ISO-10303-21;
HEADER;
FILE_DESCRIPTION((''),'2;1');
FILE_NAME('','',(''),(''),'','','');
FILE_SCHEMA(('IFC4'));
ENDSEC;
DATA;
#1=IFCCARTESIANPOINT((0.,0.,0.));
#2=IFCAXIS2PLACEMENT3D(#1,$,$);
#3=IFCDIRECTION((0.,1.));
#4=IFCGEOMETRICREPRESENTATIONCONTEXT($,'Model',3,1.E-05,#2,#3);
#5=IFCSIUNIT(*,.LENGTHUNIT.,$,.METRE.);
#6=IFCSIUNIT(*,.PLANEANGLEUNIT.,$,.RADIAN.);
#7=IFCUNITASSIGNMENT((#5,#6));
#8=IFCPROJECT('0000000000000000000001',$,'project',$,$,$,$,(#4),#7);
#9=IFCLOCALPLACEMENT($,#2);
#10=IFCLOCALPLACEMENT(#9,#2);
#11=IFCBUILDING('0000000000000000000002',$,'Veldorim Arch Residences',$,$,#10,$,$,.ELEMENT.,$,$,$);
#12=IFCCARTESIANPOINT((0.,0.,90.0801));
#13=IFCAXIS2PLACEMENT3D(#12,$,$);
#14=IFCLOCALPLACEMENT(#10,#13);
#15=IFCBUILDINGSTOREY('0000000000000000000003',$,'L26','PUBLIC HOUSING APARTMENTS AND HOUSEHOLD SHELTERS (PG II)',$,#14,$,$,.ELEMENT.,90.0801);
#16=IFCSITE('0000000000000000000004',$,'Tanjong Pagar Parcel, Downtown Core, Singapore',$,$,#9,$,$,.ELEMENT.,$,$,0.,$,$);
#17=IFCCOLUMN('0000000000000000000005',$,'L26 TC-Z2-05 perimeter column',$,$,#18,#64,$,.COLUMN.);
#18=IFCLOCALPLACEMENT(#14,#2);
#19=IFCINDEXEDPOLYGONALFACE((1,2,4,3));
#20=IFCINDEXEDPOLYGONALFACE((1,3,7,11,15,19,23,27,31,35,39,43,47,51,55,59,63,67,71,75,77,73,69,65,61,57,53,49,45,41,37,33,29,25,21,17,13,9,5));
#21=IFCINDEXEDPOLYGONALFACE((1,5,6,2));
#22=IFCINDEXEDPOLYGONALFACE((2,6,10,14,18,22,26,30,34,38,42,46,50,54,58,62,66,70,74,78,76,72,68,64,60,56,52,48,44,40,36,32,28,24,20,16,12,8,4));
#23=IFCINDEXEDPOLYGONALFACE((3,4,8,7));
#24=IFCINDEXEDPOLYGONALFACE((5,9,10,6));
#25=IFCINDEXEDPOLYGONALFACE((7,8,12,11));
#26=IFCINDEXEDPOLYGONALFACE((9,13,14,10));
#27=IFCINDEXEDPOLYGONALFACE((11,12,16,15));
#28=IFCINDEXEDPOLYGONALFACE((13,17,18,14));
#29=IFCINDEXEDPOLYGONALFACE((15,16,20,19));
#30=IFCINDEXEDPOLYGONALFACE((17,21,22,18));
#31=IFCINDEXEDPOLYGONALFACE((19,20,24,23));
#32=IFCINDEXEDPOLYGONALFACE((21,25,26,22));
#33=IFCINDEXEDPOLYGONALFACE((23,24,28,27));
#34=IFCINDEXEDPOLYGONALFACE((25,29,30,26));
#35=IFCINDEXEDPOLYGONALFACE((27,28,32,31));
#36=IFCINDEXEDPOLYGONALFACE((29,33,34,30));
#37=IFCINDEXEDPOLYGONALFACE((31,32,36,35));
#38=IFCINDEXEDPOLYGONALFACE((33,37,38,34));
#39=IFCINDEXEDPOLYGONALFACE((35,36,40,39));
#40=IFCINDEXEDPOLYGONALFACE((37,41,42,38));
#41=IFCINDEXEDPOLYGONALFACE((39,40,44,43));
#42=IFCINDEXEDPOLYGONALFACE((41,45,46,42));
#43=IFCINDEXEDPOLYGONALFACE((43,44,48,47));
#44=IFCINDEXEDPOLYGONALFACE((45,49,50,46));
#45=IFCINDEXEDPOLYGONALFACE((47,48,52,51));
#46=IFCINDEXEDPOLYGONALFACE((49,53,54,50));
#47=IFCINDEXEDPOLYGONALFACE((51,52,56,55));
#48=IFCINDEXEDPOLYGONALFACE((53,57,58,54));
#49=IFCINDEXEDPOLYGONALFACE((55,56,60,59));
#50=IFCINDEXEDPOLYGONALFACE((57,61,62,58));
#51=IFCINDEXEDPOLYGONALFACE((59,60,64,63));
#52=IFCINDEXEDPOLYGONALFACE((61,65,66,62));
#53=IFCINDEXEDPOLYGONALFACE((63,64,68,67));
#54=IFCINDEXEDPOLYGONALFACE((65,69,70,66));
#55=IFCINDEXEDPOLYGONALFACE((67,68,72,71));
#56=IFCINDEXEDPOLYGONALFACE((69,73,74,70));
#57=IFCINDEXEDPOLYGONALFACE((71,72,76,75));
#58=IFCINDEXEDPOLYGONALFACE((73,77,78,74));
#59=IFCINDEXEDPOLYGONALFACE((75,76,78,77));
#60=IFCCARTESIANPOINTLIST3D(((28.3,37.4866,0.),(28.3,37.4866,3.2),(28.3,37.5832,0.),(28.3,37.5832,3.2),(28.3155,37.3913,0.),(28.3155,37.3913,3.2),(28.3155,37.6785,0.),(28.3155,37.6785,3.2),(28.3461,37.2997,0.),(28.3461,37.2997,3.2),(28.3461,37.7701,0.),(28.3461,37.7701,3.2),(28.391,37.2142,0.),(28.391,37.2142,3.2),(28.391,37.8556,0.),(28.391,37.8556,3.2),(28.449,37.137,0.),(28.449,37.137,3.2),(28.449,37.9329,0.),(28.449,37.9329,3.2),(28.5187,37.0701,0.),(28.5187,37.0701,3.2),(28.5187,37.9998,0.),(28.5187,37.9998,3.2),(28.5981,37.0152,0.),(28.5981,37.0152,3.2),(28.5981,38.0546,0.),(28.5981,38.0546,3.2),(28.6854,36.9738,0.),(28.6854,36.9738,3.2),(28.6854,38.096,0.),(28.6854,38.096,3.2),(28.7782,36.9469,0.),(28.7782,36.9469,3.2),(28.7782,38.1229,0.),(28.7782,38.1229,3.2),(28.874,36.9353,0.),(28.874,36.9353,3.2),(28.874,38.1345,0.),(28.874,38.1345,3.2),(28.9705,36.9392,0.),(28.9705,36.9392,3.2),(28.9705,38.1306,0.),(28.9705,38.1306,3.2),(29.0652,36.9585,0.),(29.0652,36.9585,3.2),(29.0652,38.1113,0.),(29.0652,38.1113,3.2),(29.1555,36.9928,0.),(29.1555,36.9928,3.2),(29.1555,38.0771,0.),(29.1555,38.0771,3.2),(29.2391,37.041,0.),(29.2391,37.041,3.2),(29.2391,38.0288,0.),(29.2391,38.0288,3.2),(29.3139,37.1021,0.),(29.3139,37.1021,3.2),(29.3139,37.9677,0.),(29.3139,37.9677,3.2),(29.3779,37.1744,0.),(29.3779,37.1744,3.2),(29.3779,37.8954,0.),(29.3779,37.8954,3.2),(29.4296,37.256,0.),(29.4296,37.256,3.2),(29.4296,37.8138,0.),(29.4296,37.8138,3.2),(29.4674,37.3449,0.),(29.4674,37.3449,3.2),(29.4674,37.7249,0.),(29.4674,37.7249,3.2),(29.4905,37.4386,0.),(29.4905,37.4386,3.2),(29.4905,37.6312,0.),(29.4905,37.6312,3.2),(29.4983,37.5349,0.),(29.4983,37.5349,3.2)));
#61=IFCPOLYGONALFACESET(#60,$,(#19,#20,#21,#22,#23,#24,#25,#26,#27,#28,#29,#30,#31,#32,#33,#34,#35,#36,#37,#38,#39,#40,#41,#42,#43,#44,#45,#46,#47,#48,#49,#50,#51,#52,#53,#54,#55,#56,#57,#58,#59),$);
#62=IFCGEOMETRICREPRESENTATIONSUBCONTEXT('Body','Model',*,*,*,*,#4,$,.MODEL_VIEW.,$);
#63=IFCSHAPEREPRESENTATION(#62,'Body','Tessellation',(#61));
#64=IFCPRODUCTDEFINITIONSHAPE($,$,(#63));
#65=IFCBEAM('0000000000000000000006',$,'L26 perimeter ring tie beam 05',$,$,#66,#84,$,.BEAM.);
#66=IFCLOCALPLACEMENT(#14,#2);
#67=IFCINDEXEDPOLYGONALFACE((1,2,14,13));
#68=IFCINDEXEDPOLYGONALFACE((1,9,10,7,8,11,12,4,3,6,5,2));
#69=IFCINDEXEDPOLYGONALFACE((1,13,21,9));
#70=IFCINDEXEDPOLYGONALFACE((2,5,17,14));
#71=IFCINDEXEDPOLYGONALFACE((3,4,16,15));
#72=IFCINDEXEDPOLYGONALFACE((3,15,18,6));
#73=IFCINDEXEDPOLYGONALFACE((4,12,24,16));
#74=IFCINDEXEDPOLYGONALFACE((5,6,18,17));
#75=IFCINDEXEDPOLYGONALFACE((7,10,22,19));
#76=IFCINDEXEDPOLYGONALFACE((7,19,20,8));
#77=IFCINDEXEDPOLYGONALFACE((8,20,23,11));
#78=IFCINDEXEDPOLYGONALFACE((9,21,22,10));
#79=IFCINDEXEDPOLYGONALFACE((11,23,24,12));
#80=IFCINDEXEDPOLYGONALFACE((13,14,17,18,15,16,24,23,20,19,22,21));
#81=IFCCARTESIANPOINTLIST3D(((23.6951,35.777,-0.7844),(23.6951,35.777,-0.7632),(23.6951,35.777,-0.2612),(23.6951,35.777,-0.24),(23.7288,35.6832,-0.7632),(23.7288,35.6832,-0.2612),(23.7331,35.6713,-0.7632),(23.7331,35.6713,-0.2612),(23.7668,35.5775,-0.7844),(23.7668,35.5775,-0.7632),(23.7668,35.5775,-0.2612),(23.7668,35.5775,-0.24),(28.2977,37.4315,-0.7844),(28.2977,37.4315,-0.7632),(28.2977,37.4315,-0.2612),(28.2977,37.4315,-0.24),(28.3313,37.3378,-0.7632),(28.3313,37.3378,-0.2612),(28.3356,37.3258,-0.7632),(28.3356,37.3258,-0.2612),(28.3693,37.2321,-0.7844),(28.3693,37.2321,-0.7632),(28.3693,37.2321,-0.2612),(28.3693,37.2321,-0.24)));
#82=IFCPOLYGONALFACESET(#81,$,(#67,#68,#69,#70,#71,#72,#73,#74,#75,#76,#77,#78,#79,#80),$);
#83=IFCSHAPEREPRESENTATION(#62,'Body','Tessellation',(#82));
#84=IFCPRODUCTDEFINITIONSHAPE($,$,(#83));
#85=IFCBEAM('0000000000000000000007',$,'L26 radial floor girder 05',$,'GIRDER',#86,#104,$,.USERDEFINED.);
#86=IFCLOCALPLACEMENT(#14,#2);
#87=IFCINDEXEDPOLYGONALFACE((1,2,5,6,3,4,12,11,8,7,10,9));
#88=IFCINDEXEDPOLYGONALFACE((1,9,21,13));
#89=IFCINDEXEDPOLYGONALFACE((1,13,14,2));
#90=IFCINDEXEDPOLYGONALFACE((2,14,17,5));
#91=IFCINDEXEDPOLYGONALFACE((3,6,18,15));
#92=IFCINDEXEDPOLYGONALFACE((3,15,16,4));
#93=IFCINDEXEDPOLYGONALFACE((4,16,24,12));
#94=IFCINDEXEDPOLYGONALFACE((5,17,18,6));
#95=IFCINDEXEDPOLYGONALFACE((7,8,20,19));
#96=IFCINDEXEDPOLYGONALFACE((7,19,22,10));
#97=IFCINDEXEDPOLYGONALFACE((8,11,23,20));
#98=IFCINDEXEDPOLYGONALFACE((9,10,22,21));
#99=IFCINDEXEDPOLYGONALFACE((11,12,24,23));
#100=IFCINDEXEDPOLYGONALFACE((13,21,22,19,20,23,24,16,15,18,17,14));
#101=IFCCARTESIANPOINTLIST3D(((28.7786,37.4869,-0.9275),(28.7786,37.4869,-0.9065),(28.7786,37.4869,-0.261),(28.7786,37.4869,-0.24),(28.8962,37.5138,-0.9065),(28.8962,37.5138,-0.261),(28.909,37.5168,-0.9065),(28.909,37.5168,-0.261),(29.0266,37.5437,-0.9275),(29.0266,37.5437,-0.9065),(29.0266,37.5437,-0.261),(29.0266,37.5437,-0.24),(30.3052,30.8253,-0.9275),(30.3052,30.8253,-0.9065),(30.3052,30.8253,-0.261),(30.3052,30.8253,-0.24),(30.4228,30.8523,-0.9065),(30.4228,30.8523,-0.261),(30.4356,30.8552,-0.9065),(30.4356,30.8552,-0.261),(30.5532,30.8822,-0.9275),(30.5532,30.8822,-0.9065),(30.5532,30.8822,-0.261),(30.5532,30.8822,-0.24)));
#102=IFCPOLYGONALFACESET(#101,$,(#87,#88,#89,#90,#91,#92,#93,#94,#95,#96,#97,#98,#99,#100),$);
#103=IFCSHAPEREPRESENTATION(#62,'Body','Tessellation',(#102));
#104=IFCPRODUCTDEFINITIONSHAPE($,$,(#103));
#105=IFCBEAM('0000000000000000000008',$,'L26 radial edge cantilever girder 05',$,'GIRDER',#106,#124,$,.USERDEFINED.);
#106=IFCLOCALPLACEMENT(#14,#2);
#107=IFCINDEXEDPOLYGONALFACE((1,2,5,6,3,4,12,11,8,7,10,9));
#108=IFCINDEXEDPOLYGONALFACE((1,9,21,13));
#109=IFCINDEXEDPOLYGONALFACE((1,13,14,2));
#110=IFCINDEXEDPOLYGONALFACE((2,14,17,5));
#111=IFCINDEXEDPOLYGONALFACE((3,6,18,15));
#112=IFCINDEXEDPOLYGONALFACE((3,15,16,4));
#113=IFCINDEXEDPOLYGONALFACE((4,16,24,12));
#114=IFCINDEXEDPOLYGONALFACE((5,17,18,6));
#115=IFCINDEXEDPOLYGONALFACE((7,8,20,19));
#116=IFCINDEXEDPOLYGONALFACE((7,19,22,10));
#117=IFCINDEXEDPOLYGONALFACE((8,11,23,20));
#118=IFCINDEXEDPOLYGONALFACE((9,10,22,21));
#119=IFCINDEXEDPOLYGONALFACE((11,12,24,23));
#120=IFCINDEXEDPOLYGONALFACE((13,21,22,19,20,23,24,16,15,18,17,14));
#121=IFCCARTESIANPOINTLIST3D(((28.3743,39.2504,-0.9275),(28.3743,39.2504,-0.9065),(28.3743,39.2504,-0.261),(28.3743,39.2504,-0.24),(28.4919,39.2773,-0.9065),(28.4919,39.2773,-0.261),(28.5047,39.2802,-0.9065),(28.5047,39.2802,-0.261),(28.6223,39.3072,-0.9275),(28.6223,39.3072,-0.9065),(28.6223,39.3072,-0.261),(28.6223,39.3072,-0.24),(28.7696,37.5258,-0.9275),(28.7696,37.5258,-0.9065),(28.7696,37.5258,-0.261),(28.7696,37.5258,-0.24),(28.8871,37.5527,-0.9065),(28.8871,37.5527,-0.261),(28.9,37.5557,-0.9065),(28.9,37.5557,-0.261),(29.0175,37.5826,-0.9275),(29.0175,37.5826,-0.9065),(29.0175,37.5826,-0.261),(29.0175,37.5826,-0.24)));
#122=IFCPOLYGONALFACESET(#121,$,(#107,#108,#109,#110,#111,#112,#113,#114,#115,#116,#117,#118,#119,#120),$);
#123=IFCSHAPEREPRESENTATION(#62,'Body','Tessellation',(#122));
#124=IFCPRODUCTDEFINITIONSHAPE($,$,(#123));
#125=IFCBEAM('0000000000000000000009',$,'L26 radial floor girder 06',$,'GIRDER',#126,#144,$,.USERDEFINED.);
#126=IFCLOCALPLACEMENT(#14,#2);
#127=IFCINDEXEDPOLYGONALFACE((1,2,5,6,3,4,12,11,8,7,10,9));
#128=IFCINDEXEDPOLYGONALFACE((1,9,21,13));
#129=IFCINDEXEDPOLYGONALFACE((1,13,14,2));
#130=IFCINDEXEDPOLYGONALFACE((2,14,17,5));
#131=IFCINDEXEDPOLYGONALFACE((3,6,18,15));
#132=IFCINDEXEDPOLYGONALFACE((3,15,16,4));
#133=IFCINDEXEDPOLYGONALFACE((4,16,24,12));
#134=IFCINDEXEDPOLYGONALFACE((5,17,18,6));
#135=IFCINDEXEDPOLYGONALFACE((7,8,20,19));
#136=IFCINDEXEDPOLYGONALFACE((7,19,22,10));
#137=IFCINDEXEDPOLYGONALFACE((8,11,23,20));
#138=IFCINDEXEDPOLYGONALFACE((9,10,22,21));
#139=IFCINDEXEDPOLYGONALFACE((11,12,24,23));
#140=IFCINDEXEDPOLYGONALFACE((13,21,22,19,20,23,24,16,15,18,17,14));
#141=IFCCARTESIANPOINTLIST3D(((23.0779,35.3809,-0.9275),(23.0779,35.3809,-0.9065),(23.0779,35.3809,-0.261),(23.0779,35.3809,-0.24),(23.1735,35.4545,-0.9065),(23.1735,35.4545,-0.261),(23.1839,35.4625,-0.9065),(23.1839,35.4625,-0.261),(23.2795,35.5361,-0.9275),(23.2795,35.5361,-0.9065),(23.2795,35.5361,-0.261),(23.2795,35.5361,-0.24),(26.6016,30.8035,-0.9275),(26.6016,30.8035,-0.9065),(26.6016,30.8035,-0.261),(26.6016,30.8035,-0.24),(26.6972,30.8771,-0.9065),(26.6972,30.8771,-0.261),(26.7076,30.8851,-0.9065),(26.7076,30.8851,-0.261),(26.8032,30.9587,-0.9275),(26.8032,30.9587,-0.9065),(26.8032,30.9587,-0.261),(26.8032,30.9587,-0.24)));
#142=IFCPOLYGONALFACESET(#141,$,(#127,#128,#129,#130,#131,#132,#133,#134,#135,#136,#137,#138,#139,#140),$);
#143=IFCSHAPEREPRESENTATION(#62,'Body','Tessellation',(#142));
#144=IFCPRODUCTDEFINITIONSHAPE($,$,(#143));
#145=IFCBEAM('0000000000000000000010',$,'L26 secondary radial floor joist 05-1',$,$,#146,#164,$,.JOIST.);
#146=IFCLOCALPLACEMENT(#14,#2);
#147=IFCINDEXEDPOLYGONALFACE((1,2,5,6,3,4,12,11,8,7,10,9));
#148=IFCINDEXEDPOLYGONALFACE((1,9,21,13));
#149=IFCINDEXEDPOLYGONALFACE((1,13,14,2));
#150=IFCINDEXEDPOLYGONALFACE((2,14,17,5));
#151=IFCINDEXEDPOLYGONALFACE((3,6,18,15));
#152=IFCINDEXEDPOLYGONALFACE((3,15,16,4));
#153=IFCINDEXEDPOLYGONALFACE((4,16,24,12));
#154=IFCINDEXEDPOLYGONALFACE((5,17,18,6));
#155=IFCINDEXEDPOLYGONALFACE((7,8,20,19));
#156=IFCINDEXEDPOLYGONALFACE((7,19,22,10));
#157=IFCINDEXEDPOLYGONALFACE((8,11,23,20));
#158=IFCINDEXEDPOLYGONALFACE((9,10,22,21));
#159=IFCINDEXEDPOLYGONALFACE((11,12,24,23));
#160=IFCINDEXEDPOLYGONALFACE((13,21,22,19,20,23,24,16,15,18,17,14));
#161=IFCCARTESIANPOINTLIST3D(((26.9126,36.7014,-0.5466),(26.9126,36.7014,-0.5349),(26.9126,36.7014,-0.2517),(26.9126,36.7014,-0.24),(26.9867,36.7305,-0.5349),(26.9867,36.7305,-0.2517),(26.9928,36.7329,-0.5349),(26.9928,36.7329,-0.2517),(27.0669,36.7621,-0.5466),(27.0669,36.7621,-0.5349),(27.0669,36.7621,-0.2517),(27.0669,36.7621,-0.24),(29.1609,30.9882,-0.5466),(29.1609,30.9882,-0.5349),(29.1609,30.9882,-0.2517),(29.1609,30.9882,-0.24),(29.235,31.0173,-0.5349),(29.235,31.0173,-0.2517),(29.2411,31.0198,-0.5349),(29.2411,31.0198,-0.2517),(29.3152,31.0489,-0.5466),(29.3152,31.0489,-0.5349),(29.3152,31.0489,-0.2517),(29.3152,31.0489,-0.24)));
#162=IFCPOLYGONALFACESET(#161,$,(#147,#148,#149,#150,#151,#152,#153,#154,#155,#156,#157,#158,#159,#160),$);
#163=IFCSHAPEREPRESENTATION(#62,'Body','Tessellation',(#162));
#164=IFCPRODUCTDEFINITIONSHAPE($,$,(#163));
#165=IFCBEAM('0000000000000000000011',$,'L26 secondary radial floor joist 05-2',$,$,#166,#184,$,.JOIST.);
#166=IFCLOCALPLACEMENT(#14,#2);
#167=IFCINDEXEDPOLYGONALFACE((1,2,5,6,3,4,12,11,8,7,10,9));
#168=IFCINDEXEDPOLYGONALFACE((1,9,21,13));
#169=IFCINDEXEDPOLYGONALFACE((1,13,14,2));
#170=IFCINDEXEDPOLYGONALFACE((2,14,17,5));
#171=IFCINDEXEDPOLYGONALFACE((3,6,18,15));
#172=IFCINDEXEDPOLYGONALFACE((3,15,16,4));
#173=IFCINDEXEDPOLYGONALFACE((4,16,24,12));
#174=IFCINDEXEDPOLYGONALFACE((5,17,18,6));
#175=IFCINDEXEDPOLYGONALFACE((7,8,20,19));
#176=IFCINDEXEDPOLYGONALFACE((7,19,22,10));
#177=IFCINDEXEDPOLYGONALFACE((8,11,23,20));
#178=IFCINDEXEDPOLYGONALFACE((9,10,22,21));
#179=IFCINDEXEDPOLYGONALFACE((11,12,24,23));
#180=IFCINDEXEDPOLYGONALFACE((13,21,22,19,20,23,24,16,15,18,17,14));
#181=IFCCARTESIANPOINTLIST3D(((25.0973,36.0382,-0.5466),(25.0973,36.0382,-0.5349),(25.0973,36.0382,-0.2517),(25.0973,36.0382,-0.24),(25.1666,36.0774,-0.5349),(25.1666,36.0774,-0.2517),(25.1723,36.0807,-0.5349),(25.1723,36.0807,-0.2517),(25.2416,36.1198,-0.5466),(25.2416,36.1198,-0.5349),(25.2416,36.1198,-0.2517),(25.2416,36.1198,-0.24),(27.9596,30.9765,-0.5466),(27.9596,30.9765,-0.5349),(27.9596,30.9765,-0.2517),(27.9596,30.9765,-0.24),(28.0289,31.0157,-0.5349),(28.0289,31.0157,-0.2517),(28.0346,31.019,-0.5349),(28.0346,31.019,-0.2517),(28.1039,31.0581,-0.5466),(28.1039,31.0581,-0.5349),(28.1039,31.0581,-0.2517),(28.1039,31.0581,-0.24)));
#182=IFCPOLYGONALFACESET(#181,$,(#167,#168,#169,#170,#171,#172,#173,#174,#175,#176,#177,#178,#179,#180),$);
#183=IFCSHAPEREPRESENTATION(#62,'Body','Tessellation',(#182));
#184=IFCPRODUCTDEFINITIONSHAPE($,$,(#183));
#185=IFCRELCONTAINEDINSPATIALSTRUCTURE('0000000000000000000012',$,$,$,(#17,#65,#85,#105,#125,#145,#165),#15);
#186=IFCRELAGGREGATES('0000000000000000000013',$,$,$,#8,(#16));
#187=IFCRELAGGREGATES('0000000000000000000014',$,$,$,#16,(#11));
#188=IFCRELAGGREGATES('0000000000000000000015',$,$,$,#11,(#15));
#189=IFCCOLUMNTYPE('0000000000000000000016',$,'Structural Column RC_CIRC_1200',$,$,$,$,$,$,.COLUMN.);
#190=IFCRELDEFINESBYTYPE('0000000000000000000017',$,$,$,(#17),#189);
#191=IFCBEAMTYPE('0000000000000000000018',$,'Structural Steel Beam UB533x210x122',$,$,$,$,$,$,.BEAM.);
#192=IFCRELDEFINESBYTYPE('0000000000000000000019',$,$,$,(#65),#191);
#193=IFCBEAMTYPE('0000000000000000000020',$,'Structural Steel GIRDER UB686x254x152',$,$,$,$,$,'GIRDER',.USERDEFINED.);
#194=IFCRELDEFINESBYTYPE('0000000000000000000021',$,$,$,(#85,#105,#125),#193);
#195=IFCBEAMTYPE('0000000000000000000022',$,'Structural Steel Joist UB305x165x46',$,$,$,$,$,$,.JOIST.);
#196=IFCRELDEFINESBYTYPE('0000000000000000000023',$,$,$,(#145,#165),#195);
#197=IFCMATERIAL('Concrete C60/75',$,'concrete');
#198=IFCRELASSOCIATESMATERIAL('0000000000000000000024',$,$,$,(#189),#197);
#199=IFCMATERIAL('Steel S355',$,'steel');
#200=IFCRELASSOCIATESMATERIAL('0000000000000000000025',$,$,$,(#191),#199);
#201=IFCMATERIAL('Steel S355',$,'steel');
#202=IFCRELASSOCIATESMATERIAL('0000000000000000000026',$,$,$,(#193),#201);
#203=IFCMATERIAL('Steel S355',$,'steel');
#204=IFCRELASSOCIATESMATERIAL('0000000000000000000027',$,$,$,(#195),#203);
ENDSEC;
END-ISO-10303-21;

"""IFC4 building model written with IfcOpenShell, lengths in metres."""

from ifc_helpers import new_model, si_unit, direction, frame, origin, origin_2d, place, context, subcontext, project, spatial, circle, i_section, extrude, material, material_profile, profile_set, type_object, element, save


model = new_model("IFC4")

# Units and contexts
model_context = context("Model", 3, precision=1e-05, world=origin(), true_north=direction((0.0, 1.0)))
body_context = subcontext(model_context, "Body", "Model", "MODEL_VIEW")
ifc_project = project(units=[si_unit("LENGTHUNIT", "METRE"), si_unit("PLANEANGLEUNIT", "RADIAN")], contexts=[model_context])

# Site, building, storey
site_placement = place(None, origin())
site = spatial("IfcSite", under=ifc_project, at=site_placement, Name="Tanjong Pagar Parcel, Downtown Core, Singapore", CompositionType="ELEMENT", RefElevation=0.0)
building_placement = place(site_placement, origin())
building = spatial("IfcBuilding", under=site, at=building_placement, Name="Veldorim Arch Residences", CompositionType="ELEMENT")
storey_placement = place(building_placement, frame((0.0, 0.0, 90.0801)))
storey = spatial("IfcBuildingStorey", under=building, at=storey_placement, Name="L26", Description="PUBLIC HOUSING APARTMENTS AND HOUSEHOLD SHELTERS (PG II)", CompositionType="ELEMENT", Elevation=90.0801)

# Column
ifc_material_1 = material(Name="Concrete C60/75", Category="concrete")
ifc_material_profile_1 = material_profile(ifc_material_1, circle(Radius=0.6001, at=origin_2d()), Name="RC_CIRC_1200")
ifc_profile_set_1 = profile_set([ifc_material_profile_1], Name="Concrete C60/75")
column_type = type_object("IfcColumnType", Name="Structural Column RC_CIRC_1200", PredefinedType="COLUMN", material=ifc_profile_set_1)
column_placement = place(storey_placement, frame((28.8982, 37.5349, 0.0), z_axis=(0.0, 0.0, 1.0), x_axis=(1.0, 0.0, 0.0)))
element("IfcColumn", 1, at=column_placement, inside=storey, type_object=column_type, Name="L26 TC-Z2-05 perimeter column", PredefinedType="COLUMN", context=body_context, shape_type="SweptSolid", body=[
    extrude(circle(Radius=0.6001, at=origin_2d()), origin(), (0.0, 0.0, 1.0), 3.2),
])

# Beams
ifc_material_2 = material(Name="Steel S355", Category="steel")
ifc_material_profile_2 = material_profile(ifc_material_2, i_section(OverallWidth=0.2119, OverallDepth=0.5444, WebThickness=0.0127, FlangeThickness=0.0212, at=origin_2d()), Name="UB533x210x122")
ifc_profile_set_2 = profile_set([ifc_material_profile_2], Name="Steel S355")
beam_type_1 = type_object("IfcBeamType", Name="Structural Steel Beam UB533x210x122", PredefinedType="BEAM", material=ifc_profile_set_2)
beam_1_placement = place(storey_placement, frame((28.3335, 37.3318, -0.5122), z_axis=(-0.941042, -0.33829, 0.0), x_axis=(0.33829, -0.941042, 0.0)))
element("IfcBeam", 2, at=beam_1_placement, inside=storey, type_object=beam_type_1, Name="L26 perimeter ring tie beam 05", PredefinedType="BEAM", context=body_context, shape_type="SweptSolid", body=[
    extrude(i_section(OverallWidth=0.2119, OverallDepth=0.5444, WebThickness=0.0127, FlangeThickness=0.0212, at=origin_2d()), origin(), (0.0, 0.0, 1.0), 4.8909),
])
ifc_material_3 = material(Name="Steel S355", Category="steel")
ifc_material_profile_3 = material_profile(ifc_material_3, i_section(OverallWidth=0.2544, OverallDepth=0.6875, WebThickness=0.0132, FlangeThickness=0.021, at=origin_2d()), Name="UB686x254x152")
ifc_profile_set_3 = profile_set([ifc_material_profile_3], Name="Steel S355")
beam_type_2 = type_object("IfcBeamType", Name="Structural Steel GIRDER UB686x254x152", ElementType="GIRDER", PredefinedType="USERDEFINED", material=ifc_profile_set_3)
beam_2_placement = place(storey_placement, frame((30.4292, 30.8538, -0.5837), z_axis=(-0.223375, 0.974733, 0.0), x_axis=(-0.974733, -0.223375, 0.0)))
element("IfcBeam", 3, at=beam_2_placement, inside=storey, type_object=beam_type_2, Name="L26 radial floor girder 05", ObjectType="GIRDER", PredefinedType="USERDEFINED", context=body_context, shape_type="SweptSolid", body=[
    extrude(i_section(OverallWidth=0.2544, OverallDepth=0.6875, WebThickness=0.0132, FlangeThickness=0.021, at=origin_2d()), origin(), (0.0, 0.0, 1.0), 6.8342),
])
beam_3_placement = place(storey_placement, frame((28.8936, 37.5542, -0.5837), z_axis=(-0.223398, 0.974727, 0.0), x_axis=(-0.974727, -0.223398, 0.0)))
element("IfcBeam", 4, at=beam_3_placement, inside=storey, type_object=beam_type_2, Name="L26 radial edge cantilever girder 05", ObjectType="GIRDER", PredefinedType="USERDEFINED", context=body_context, shape_type="SweptSolid", body=[
    extrude(i_section(OverallWidth=0.2544, OverallDepth=0.6875, WebThickness=0.0132, FlangeThickness=0.021, at=origin_2d()), origin(), (0.0, 0.0, 1.0), 1.7693),
])
beam_4_placement = place(storey_placement, frame((26.7024, 30.8811, -0.5837), z_axis=(-0.609995, 0.792406, 0.0), x_axis=(-0.792406, -0.609995, 0.0)))
element("IfcBeam", 5, at=beam_4_placement, inside=storey, type_object=beam_type_2, Name="L26 radial floor girder 06", ObjectType="GIRDER", PredefinedType="USERDEFINED", context=body_context, shape_type="SweptSolid", body=[
    extrude(i_section(OverallWidth=0.2544, OverallDepth=0.6875, WebThickness=0.0132, FlangeThickness=0.021, at=origin_2d()), origin(), (0.0, 0.0, 1.0), 5.7766),
])
ifc_material_4 = material(Name="Steel S355", Category="steel")
ifc_material_profile_4 = material_profile(ifc_material_4, i_section(OverallWidth=0.1658, OverallDepth=0.3066, WebThickness=0.0066, FlangeThickness=0.0117, at=origin_2d()), Name="UB305x165x46")
ifc_profile_set_4 = profile_set([ifc_material_profile_4], Name="Steel S355")
beam_type_3 = type_object("IfcBeamType", Name="Structural Steel Joist UB305x165x46", PredefinedType="JOIST", material=ifc_profile_set_4)
beam_5_placement = place(storey_placement, frame((29.238, 31.0186, -0.3933), z_axis=(-0.366195, 0.930538, 0.0), x_axis=(-0.930538, -0.366195, 0.0)))
element("IfcBeam", 6, at=beam_5_placement, inside=storey, type_object=beam_type_3, Name="L26 secondary radial floor joist 05-1", PredefinedType="JOIST", context=body_context, shape_type="SweptSolid", body=[
    extrude(i_section(OverallWidth=0.1658, OverallDepth=0.3066, WebThickness=0.0066, FlangeThickness=0.0117, at=origin_2d()), origin(), (0.0, 0.0, 1.0), 6.1396),
])
beam_6_placement = place(storey_placement, frame((28.0317, 31.0173, -0.3933), z_axis=(-0.492227, 0.870467, 0.0), x_axis=(-0.870467, -0.492227, 0.0)))
element("IfcBeam", 7, at=beam_6_placement, inside=storey, type_object=beam_type_3, Name="L26 secondary radial floor joist 05-2", PredefinedType="JOIST", context=body_context, shape_type="SweptSolid", body=[
    extrude(i_section(OverallWidth=0.1658, OverallDepth=0.3066, WebThickness=0.0066, FlangeThickness=0.0117, at=origin_2d()), origin(), (0.0, 0.0, 1.0), 5.8149),
])

save(model, "model.ifc")
